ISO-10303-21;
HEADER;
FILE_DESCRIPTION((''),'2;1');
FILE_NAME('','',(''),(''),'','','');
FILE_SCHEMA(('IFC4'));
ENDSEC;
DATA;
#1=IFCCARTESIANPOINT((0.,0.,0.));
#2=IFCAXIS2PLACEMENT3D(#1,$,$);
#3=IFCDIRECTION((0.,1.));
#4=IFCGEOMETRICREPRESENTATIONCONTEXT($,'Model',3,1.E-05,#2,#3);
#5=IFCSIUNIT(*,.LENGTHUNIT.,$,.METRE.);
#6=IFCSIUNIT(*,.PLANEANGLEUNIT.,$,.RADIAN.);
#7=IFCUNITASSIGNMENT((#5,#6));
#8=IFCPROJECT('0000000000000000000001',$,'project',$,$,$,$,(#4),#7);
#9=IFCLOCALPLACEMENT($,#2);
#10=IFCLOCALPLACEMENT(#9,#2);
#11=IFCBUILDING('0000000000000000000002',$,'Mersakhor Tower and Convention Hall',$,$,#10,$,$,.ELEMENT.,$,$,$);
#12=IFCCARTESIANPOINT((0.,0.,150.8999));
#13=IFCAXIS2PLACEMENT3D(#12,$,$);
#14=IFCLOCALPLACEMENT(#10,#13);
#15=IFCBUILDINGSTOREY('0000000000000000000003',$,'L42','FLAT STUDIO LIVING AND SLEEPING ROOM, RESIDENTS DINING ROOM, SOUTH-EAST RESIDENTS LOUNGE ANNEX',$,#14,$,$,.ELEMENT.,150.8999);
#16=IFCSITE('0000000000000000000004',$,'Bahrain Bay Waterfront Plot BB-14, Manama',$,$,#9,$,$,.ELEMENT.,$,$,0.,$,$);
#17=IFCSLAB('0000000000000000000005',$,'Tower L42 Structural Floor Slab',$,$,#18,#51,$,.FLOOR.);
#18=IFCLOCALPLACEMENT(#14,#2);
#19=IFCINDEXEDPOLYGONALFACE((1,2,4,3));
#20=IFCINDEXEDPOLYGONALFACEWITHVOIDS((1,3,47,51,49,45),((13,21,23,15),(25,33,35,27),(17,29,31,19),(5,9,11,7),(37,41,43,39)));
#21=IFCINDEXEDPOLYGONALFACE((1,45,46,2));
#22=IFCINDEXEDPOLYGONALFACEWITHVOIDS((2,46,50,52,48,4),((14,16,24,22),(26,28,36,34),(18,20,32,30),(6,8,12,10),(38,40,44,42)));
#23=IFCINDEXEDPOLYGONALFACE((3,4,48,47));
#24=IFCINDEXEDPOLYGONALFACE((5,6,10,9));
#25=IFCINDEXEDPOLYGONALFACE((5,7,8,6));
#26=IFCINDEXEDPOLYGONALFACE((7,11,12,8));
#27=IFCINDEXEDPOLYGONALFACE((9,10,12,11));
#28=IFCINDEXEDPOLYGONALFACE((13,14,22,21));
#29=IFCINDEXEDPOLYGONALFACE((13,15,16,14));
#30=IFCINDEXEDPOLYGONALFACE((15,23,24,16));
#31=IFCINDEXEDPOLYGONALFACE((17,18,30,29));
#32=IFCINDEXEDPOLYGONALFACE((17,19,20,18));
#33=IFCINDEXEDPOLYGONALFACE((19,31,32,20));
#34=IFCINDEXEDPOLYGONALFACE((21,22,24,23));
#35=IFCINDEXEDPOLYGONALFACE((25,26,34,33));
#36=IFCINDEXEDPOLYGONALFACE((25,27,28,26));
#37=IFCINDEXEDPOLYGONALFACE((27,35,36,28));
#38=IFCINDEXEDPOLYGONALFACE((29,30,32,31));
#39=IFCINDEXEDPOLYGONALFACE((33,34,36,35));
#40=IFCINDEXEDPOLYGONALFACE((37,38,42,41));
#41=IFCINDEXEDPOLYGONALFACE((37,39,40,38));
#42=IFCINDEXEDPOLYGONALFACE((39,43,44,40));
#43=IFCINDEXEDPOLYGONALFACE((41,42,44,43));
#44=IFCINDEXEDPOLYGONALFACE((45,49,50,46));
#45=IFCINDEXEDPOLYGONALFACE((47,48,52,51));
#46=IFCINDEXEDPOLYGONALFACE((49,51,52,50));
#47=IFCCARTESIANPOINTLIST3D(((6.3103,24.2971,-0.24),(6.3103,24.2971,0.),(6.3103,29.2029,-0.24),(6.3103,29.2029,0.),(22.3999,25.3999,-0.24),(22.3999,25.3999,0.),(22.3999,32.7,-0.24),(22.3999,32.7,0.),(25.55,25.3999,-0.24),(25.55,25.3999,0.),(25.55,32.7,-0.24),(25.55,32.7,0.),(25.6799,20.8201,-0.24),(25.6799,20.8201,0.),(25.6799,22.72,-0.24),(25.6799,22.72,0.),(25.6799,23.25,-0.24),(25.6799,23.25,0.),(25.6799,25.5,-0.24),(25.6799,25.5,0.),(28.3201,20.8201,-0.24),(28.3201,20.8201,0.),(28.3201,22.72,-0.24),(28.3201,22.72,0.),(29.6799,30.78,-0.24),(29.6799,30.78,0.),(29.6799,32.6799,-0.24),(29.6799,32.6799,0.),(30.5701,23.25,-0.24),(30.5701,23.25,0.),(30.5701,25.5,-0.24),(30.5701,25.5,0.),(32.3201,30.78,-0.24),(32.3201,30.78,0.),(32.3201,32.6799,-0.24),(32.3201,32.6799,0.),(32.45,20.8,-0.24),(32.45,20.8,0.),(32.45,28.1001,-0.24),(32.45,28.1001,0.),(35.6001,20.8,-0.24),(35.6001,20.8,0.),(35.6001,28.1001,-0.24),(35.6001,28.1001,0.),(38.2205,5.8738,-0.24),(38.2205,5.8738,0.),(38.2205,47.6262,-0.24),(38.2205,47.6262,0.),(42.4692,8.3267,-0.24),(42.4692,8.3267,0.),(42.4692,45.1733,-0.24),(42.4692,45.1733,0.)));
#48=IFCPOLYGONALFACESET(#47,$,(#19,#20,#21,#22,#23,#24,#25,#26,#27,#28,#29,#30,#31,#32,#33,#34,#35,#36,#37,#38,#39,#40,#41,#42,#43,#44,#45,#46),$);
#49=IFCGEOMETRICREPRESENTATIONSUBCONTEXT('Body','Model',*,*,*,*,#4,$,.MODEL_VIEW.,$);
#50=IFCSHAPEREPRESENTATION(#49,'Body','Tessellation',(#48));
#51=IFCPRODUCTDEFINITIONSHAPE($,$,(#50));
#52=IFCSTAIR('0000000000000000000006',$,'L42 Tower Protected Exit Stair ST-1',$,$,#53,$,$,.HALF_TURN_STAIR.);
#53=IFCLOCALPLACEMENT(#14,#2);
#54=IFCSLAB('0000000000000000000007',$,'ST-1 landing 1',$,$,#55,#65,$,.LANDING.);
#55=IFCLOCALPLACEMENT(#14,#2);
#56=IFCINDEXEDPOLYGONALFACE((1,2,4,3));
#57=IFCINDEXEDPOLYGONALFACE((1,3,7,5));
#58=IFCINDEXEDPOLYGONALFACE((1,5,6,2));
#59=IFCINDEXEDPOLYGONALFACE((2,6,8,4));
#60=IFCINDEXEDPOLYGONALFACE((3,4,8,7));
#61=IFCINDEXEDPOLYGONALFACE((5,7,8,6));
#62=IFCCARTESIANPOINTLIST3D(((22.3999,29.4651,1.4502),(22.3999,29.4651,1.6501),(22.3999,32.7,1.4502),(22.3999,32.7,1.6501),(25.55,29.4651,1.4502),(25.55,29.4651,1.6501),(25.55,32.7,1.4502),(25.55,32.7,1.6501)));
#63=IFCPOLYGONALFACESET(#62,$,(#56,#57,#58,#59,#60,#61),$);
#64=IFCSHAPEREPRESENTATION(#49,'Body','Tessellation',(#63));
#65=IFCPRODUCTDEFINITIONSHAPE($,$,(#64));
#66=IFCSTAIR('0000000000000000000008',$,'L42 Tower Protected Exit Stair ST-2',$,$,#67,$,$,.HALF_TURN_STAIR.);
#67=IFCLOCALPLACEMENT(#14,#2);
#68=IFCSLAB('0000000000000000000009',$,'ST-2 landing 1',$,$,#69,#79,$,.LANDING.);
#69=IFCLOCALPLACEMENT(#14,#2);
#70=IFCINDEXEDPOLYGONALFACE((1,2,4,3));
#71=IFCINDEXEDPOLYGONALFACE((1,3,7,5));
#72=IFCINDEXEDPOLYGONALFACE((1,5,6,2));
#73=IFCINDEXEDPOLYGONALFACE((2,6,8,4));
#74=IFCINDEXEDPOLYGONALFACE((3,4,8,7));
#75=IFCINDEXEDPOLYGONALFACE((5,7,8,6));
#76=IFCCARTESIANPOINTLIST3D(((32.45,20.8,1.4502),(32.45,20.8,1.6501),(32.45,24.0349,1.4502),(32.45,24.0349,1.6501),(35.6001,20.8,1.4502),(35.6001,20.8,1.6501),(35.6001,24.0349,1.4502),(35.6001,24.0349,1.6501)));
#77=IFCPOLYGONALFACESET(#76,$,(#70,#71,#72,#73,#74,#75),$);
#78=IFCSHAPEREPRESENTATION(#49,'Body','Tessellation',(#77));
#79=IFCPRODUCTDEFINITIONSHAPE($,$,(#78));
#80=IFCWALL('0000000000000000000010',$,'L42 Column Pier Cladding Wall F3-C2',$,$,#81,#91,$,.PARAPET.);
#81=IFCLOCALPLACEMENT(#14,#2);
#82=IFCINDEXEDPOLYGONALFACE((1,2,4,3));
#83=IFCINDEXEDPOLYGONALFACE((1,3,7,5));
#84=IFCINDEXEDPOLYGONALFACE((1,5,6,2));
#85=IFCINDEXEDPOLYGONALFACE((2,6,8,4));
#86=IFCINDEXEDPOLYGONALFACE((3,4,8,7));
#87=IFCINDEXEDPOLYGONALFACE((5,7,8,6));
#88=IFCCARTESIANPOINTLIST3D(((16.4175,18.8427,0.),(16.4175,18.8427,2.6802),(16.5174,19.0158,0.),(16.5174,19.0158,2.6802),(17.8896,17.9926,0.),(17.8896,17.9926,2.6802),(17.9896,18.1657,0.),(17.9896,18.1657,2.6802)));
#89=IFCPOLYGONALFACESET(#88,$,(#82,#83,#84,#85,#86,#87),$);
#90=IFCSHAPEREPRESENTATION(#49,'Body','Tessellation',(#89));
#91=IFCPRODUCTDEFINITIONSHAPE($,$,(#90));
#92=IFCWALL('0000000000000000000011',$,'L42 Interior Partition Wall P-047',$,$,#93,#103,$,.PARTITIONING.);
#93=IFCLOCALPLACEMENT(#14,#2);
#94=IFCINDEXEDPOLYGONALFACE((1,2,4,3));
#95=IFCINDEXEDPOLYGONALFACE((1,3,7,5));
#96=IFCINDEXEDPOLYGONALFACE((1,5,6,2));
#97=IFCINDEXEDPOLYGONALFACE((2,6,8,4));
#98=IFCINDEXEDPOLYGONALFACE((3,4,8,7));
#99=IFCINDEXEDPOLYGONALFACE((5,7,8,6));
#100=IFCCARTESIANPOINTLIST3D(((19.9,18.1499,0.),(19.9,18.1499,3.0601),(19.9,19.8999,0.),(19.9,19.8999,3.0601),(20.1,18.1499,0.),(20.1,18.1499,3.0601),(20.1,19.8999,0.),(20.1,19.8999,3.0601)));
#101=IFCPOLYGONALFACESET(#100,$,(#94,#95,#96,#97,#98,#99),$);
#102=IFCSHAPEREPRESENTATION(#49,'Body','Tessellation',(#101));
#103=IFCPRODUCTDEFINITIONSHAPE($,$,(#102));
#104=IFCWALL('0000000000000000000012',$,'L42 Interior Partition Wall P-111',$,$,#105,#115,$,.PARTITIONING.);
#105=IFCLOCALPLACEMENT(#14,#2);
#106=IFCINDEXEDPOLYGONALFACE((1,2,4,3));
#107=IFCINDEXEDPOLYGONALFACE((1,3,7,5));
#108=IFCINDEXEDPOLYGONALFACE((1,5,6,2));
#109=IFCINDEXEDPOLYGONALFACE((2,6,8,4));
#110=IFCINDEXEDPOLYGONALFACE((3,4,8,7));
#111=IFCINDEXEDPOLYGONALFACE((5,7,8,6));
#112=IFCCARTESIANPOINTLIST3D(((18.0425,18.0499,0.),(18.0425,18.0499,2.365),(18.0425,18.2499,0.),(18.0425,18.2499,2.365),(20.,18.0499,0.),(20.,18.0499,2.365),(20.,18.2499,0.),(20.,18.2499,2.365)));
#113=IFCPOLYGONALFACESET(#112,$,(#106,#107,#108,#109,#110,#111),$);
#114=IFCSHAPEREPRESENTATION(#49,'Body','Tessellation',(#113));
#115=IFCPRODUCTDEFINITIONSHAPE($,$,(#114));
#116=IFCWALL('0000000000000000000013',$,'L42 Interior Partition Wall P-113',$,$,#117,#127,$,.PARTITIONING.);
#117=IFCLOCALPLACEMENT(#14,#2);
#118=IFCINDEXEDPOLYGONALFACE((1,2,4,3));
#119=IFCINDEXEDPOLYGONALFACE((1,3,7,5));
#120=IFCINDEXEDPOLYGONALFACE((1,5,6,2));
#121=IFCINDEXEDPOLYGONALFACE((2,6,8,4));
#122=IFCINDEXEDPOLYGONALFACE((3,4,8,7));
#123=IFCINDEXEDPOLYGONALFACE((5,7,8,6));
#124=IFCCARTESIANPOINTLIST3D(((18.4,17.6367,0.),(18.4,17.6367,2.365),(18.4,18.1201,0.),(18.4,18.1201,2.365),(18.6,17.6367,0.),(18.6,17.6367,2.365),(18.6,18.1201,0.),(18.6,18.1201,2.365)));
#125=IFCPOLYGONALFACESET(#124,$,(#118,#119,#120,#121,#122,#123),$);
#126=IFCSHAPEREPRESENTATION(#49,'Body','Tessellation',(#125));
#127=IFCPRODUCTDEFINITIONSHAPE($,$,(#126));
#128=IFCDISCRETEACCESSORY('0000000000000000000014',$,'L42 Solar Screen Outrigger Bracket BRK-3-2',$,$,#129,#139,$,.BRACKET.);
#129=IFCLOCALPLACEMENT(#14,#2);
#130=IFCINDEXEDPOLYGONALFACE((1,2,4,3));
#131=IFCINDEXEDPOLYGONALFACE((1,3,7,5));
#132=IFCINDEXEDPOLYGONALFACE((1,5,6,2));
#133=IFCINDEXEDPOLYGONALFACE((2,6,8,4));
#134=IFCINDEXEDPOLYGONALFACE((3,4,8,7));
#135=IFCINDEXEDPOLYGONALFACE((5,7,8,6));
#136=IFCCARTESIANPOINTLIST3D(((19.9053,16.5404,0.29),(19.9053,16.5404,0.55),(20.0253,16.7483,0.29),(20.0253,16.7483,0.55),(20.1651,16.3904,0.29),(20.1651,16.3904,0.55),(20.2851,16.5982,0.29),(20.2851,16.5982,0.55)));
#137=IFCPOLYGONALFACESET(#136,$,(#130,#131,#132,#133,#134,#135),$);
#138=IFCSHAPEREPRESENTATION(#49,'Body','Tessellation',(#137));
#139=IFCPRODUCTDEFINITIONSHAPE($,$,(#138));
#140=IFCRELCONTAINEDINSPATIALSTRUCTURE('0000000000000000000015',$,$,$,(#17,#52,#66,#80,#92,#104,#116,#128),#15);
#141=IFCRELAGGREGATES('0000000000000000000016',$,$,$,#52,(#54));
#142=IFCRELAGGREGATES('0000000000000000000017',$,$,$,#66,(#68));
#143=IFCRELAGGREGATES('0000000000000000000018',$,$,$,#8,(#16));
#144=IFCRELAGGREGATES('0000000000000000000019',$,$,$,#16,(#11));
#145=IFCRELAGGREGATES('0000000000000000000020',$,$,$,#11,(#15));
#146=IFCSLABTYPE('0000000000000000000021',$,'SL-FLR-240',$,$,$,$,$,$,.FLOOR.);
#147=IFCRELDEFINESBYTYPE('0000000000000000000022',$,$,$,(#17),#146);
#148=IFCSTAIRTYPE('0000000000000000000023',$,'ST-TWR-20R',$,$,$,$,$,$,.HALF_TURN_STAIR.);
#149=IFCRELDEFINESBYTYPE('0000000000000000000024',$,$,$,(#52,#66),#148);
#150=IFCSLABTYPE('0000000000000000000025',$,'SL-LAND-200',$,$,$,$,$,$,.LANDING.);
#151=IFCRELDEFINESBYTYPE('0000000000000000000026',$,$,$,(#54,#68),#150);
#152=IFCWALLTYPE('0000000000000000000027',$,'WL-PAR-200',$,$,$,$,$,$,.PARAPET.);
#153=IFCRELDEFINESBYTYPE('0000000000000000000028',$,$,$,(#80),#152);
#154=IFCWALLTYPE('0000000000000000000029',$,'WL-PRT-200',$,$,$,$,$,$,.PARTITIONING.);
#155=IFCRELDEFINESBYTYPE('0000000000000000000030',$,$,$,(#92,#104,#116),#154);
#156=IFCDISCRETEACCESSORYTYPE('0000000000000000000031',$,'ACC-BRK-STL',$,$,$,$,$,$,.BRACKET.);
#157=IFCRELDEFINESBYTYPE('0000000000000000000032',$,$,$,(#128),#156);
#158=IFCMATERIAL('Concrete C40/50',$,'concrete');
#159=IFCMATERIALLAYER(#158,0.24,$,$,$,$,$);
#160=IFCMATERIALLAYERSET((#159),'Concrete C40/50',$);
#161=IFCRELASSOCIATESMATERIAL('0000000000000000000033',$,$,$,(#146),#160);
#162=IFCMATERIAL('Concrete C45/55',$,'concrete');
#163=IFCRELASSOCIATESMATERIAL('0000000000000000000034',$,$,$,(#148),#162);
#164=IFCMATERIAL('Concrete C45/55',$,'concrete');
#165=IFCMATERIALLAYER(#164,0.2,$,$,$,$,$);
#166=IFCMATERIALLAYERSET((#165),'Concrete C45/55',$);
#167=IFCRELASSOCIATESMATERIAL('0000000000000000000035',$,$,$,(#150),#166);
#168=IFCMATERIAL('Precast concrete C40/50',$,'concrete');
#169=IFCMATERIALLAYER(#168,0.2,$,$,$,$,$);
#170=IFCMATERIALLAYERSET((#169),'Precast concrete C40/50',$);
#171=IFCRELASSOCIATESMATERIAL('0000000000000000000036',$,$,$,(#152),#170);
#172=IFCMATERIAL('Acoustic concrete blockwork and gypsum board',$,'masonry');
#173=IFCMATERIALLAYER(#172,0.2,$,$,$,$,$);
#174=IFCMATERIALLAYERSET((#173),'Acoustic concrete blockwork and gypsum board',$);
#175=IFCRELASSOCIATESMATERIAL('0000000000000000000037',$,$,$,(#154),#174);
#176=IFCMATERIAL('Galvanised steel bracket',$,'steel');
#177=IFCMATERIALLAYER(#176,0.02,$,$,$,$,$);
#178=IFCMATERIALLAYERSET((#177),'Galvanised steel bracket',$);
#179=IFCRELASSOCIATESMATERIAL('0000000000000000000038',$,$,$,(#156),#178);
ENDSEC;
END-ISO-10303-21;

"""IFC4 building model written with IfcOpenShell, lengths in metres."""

from ifc_helpers import new_model, si_unit, direction, frame, frame_2d, origin, origin_2d, place, context, subcontext, project, spatial, polyline, rectangle, outline, extrude, material, layer, layer_set, type_object, element, aggregate, save


model = new_model("IFC4")

# Units and contexts
model_context = context("Model", 3, precision=1e-05, world=origin(), true_north=direction((0.0, 1.0)))
body_context = subcontext(model_context, "Body", "Model", "MODEL_VIEW")
ifc_project = project(units=[si_unit("LENGTHUNIT", "METRE"), si_unit("PLANEANGLEUNIT", "RADIAN")], contexts=[model_context])

# Site, building, storey
site_placement = place(None, origin())
site = spatial("IfcSite", under=ifc_project, at=site_placement, Name="Bahrain Bay Waterfront Plot BB-14, Manama", CompositionType="ELEMENT", RefElevation=0.0)
building_placement = place(site_placement, origin())
building = spatial("IfcBuilding", under=site, at=building_placement, Name="Mersakhor Tower and Convention Hall", CompositionType="ELEMENT")
storey_placement = place(building_placement, frame((0.0, 0.0, 150.8999)))
storey = spatial("IfcBuildingStorey", under=building, at=storey_placement, Name="L42", Description="FLAT STUDIO LIVING AND SLEEPING ROOM, RESIDENTS DINING ROOM, SOUTH-EAST RESIDENTS LOUNGE ANNEX", CompositionType="ELEMENT", Elevation=150.8999)

# Slab
ifc_material_1 = material(Name="Concrete C40/50", Category="concrete")
ifc_layer_1 = layer(ifc_material_1, 0.24)
ifc_layer_set_1 = layer_set([ifc_layer_1], Name="Concrete C40/50")
slab_type_1 = type_object("IfcSlabType", Name="SL-FLR-240", PredefinedType="FLOOR", material=ifc_layer_set_1)
slab_1_placement = place(storey_placement, frame((0.0, 0.0, -0.24)))
element("IfcSlab", 1, at=slab_1_placement, inside=storey, type_object=slab_type_1, Name="Tower L42 Structural Floor Slab", PredefinedType="FLOOR", context=body_context, shape_type="SweptSolid", body=[
    extrude(outline(polyline([(6.3103, 29.2029), (38.2205, 47.6262), (42.4692, 45.1733), (42.4692, 8.3267), (38.2205, 5.8738), (6.3103, 24.2971), (6.3103, 29.2029)]), holes=[polyline([(25.55, 25.3999), (25.55, 32.7), (22.3999, 32.7), (22.3999, 25.3999), (25.55, 25.3999)]), polyline([(32.45, 28.1001), (32.45, 20.8), (35.6001, 20.8), (35.6001, 28.1001), (32.45, 28.1001)]), polyline([(25.6799, 20.8201), (25.6799, 22.72), (28.3201, 22.72), (28.3201, 20.8201), (25.6799, 20.8201)]), polyline([(29.6799, 30.78), (29.6799, 32.6799), (32.3201, 32.6799), (32.3201, 30.78), (29.6799, 30.78)]), polyline([(25.6799, 23.25), (25.6799, 25.5), (30.5701, 25.5), (30.5701, 23.25), (25.6799, 23.25)])]), origin(), (0.0, 0.0, 1.0), 0.24),
])

# Stairs, slabs
ifc_material_2 = material(Name="Concrete C45/55", Category="concrete")
stair_type = type_object("IfcStairType", Name="ST-TWR-20R", PredefinedType="HALF_TURN_STAIR", material=ifc_material_2)
stair_1_placement = place(storey_placement, origin())
stair_1 = element("IfcStair", 2, at=stair_1_placement, inside=storey, type_object=stair_type, Name="L42 Tower Protected Exit Stair ST-1", PredefinedType="HALF_TURN_STAIR")
ifc_material_3 = material(Name="Concrete C45/55", Category="concrete")
ifc_layer_2 = layer(ifc_material_3, 0.2)
ifc_layer_set_2 = layer_set([ifc_layer_2], Name="Concrete C45/55")
slab_type_2 = type_object("IfcSlabType", Name="SL-LAND-200", PredefinedType="LANDING", material=ifc_layer_set_2)
slab_2_placement = place(storey_placement, frame((0.0, 0.0, 1.4502)))
slab_2 = element("IfcSlab", 3, at=slab_2_placement, type_object=slab_type_2, Name="ST-1 landing 1", PredefinedType="LANDING", context=body_context, shape_type="SweptSolid", body=[
    extrude(outline(polyline([(25.55, 29.4651), (25.55, 32.7), (22.3999, 32.7), (22.3999, 29.4651), (25.55, 29.4651)])), origin(), (0.0, 0.0, 1.0), 0.2),
])
aggregate(stair_1, [slab_2])
stair_2_placement = place(storey_placement, origin())
stair_2 = element("IfcStair", 4, at=stair_2_placement, inside=storey, type_object=stair_type, Name="L42 Tower Protected Exit Stair ST-2", PredefinedType="HALF_TURN_STAIR")
slab_3_placement = place(storey_placement, frame((0.0, 0.0, 1.4502)))
slab_3 = element("IfcSlab", 5, at=slab_3_placement, type_object=slab_type_2, Name="ST-2 landing 1", PredefinedType="LANDING", context=body_context, shape_type="SweptSolid", body=[
    extrude(outline(polyline([(32.45, 24.0349), (32.45, 20.8), (35.6001, 20.8), (35.6001, 24.0349), (32.45, 24.0349)])), origin(), (0.0, 0.0, 1.0), 0.2),
])
aggregate(stair_2, [slab_3])

# Walls
ifc_material_4 = material(Name="Precast concrete C40/50", Category="concrete")
ifc_layer_3 = layer(ifc_material_4, 0.2)
ifc_layer_set_3 = layer_set([ifc_layer_3], Name="Precast concrete C40/50")
wall_type_1 = type_object("IfcWallType", Name="WL-PAR-200", PredefinedType="PARAPET", material=ifc_layer_set_3)
wall_1_placement = place(storey_placement, frame((17.9397, 18.0791, 0.0), z_axis=(0.0, 0.0, 1.0), x_axis=(-0.865989, 0.500062, 0.0)))
element("IfcWall", 6, at=wall_1_placement, inside=storey, type_object=wall_type_1, Name="L42 Column Pier Cladding Wall F3-C2", PredefinedType="PARAPET", context=body_context, shape_type="SweptSolid", body=[
    extrude(rectangle(XDim=1.7, YDim=0.2, at=frame_2d((0.8501, 0.0))), origin(), (0.0, 0.0, 1.0), 2.6802),
])
ifc_material_5 = material(Name="Acoustic concrete blockwork and gypsum board", Category="masonry")
ifc_layer_4 = layer(ifc_material_5, 0.2)
ifc_layer_set_4 = layer_set([ifc_layer_4], Name="Acoustic concrete blockwork and gypsum board")
wall_type_2 = type_object("IfcWallType", Name="WL-PRT-200", PredefinedType="PARTITIONING", material=ifc_layer_set_4)
wall_2_placement = place(storey_placement, frame((20.0, 18.1499, 0.0), z_axis=(0.0, 0.0, 1.0), x_axis=(0.0, 1.0, 0.0)))
element("IfcWall", 7, at=wall_2_placement, inside=storey, type_object=wall_type_2, Name="L42 Interior Partition Wall P-047", PredefinedType="PARTITIONING", context=body_context, shape_type="SweptSolid", body=[
    extrude(rectangle(XDim=1.75, YDim=0.2, at=frame_2d((0.875, 0.0))), origin(), (0.0, 0.0, 1.0), 3.0601),
])
wall_3_placement = place(storey_placement, frame((18.0425, 18.1499, 0.0), z_axis=(0.0, 0.0, 1.0), x_axis=(1.0, 0.0, 0.0)))
element("IfcWall", 8, at=wall_3_placement, inside=storey, type_object=wall_type_2, Name="L42 Interior Partition Wall P-111", PredefinedType="PARTITIONING", context=body_context, shape_type="SweptSolid", body=[
    extrude(rectangle(XDim=1.9575, YDim=0.2, at=frame_2d((0.9788, 0.0))), origin(), (0.0, 0.0, 1.0), 2.365),
])
wall_4_placement = place(storey_placement, frame((18.5, 17.6367, 0.0), z_axis=(0.0, 0.0, 1.0), x_axis=(0.0, 1.0, 0.0)))
element("IfcWall", 9, at=wall_4_placement, inside=storey, type_object=wall_type_2, Name="L42 Interior Partition Wall P-113", PredefinedType="PARTITIONING", context=body_context, shape_type="SweptSolid", body=[
    extrude(rectangle(XDim=0.4834, YDim=0.2, at=frame_2d((0.2417, 0.0))), origin(), (0.0, 0.0, 1.0), 2.365),
])

# Discrete accessory
ifc_material_6 = material(Name="Galvanised steel bracket", Category="steel")
ifc_layer_5 = layer(ifc_material_6, 0.02)
ifc_layer_set_5 = layer_set([ifc_layer_5], Name="Galvanised steel bracket")
discrete_accessory_type = type_object("IfcDiscreteAccessoryType", Name="ACC-BRK-STL", PredefinedType="BRACKET", material=ifc_layer_set_5)
discrete_accessory_placement = place(storey_placement, frame((20.0952, 16.5693, 0.29), z_axis=(0.0, 0.0, 1.0), x_axis=(-0.866025, 0.5, 0.0)))
element("IfcDiscreteAccessory", 10, at=discrete_accessory_placement, inside=storey, type_object=discrete_accessory_type, Name="L42 Solar Screen Outrigger Bracket BRK-3-2", PredefinedType="BRACKET", context=body_context, shape_type="SweptSolid", body=[
    extrude(rectangle(XDim=0.3, YDim=0.24, at=origin_2d()), origin(), (0.0, 0.0, 1.0), 0.26),
])

save(model, "model.ifc")
